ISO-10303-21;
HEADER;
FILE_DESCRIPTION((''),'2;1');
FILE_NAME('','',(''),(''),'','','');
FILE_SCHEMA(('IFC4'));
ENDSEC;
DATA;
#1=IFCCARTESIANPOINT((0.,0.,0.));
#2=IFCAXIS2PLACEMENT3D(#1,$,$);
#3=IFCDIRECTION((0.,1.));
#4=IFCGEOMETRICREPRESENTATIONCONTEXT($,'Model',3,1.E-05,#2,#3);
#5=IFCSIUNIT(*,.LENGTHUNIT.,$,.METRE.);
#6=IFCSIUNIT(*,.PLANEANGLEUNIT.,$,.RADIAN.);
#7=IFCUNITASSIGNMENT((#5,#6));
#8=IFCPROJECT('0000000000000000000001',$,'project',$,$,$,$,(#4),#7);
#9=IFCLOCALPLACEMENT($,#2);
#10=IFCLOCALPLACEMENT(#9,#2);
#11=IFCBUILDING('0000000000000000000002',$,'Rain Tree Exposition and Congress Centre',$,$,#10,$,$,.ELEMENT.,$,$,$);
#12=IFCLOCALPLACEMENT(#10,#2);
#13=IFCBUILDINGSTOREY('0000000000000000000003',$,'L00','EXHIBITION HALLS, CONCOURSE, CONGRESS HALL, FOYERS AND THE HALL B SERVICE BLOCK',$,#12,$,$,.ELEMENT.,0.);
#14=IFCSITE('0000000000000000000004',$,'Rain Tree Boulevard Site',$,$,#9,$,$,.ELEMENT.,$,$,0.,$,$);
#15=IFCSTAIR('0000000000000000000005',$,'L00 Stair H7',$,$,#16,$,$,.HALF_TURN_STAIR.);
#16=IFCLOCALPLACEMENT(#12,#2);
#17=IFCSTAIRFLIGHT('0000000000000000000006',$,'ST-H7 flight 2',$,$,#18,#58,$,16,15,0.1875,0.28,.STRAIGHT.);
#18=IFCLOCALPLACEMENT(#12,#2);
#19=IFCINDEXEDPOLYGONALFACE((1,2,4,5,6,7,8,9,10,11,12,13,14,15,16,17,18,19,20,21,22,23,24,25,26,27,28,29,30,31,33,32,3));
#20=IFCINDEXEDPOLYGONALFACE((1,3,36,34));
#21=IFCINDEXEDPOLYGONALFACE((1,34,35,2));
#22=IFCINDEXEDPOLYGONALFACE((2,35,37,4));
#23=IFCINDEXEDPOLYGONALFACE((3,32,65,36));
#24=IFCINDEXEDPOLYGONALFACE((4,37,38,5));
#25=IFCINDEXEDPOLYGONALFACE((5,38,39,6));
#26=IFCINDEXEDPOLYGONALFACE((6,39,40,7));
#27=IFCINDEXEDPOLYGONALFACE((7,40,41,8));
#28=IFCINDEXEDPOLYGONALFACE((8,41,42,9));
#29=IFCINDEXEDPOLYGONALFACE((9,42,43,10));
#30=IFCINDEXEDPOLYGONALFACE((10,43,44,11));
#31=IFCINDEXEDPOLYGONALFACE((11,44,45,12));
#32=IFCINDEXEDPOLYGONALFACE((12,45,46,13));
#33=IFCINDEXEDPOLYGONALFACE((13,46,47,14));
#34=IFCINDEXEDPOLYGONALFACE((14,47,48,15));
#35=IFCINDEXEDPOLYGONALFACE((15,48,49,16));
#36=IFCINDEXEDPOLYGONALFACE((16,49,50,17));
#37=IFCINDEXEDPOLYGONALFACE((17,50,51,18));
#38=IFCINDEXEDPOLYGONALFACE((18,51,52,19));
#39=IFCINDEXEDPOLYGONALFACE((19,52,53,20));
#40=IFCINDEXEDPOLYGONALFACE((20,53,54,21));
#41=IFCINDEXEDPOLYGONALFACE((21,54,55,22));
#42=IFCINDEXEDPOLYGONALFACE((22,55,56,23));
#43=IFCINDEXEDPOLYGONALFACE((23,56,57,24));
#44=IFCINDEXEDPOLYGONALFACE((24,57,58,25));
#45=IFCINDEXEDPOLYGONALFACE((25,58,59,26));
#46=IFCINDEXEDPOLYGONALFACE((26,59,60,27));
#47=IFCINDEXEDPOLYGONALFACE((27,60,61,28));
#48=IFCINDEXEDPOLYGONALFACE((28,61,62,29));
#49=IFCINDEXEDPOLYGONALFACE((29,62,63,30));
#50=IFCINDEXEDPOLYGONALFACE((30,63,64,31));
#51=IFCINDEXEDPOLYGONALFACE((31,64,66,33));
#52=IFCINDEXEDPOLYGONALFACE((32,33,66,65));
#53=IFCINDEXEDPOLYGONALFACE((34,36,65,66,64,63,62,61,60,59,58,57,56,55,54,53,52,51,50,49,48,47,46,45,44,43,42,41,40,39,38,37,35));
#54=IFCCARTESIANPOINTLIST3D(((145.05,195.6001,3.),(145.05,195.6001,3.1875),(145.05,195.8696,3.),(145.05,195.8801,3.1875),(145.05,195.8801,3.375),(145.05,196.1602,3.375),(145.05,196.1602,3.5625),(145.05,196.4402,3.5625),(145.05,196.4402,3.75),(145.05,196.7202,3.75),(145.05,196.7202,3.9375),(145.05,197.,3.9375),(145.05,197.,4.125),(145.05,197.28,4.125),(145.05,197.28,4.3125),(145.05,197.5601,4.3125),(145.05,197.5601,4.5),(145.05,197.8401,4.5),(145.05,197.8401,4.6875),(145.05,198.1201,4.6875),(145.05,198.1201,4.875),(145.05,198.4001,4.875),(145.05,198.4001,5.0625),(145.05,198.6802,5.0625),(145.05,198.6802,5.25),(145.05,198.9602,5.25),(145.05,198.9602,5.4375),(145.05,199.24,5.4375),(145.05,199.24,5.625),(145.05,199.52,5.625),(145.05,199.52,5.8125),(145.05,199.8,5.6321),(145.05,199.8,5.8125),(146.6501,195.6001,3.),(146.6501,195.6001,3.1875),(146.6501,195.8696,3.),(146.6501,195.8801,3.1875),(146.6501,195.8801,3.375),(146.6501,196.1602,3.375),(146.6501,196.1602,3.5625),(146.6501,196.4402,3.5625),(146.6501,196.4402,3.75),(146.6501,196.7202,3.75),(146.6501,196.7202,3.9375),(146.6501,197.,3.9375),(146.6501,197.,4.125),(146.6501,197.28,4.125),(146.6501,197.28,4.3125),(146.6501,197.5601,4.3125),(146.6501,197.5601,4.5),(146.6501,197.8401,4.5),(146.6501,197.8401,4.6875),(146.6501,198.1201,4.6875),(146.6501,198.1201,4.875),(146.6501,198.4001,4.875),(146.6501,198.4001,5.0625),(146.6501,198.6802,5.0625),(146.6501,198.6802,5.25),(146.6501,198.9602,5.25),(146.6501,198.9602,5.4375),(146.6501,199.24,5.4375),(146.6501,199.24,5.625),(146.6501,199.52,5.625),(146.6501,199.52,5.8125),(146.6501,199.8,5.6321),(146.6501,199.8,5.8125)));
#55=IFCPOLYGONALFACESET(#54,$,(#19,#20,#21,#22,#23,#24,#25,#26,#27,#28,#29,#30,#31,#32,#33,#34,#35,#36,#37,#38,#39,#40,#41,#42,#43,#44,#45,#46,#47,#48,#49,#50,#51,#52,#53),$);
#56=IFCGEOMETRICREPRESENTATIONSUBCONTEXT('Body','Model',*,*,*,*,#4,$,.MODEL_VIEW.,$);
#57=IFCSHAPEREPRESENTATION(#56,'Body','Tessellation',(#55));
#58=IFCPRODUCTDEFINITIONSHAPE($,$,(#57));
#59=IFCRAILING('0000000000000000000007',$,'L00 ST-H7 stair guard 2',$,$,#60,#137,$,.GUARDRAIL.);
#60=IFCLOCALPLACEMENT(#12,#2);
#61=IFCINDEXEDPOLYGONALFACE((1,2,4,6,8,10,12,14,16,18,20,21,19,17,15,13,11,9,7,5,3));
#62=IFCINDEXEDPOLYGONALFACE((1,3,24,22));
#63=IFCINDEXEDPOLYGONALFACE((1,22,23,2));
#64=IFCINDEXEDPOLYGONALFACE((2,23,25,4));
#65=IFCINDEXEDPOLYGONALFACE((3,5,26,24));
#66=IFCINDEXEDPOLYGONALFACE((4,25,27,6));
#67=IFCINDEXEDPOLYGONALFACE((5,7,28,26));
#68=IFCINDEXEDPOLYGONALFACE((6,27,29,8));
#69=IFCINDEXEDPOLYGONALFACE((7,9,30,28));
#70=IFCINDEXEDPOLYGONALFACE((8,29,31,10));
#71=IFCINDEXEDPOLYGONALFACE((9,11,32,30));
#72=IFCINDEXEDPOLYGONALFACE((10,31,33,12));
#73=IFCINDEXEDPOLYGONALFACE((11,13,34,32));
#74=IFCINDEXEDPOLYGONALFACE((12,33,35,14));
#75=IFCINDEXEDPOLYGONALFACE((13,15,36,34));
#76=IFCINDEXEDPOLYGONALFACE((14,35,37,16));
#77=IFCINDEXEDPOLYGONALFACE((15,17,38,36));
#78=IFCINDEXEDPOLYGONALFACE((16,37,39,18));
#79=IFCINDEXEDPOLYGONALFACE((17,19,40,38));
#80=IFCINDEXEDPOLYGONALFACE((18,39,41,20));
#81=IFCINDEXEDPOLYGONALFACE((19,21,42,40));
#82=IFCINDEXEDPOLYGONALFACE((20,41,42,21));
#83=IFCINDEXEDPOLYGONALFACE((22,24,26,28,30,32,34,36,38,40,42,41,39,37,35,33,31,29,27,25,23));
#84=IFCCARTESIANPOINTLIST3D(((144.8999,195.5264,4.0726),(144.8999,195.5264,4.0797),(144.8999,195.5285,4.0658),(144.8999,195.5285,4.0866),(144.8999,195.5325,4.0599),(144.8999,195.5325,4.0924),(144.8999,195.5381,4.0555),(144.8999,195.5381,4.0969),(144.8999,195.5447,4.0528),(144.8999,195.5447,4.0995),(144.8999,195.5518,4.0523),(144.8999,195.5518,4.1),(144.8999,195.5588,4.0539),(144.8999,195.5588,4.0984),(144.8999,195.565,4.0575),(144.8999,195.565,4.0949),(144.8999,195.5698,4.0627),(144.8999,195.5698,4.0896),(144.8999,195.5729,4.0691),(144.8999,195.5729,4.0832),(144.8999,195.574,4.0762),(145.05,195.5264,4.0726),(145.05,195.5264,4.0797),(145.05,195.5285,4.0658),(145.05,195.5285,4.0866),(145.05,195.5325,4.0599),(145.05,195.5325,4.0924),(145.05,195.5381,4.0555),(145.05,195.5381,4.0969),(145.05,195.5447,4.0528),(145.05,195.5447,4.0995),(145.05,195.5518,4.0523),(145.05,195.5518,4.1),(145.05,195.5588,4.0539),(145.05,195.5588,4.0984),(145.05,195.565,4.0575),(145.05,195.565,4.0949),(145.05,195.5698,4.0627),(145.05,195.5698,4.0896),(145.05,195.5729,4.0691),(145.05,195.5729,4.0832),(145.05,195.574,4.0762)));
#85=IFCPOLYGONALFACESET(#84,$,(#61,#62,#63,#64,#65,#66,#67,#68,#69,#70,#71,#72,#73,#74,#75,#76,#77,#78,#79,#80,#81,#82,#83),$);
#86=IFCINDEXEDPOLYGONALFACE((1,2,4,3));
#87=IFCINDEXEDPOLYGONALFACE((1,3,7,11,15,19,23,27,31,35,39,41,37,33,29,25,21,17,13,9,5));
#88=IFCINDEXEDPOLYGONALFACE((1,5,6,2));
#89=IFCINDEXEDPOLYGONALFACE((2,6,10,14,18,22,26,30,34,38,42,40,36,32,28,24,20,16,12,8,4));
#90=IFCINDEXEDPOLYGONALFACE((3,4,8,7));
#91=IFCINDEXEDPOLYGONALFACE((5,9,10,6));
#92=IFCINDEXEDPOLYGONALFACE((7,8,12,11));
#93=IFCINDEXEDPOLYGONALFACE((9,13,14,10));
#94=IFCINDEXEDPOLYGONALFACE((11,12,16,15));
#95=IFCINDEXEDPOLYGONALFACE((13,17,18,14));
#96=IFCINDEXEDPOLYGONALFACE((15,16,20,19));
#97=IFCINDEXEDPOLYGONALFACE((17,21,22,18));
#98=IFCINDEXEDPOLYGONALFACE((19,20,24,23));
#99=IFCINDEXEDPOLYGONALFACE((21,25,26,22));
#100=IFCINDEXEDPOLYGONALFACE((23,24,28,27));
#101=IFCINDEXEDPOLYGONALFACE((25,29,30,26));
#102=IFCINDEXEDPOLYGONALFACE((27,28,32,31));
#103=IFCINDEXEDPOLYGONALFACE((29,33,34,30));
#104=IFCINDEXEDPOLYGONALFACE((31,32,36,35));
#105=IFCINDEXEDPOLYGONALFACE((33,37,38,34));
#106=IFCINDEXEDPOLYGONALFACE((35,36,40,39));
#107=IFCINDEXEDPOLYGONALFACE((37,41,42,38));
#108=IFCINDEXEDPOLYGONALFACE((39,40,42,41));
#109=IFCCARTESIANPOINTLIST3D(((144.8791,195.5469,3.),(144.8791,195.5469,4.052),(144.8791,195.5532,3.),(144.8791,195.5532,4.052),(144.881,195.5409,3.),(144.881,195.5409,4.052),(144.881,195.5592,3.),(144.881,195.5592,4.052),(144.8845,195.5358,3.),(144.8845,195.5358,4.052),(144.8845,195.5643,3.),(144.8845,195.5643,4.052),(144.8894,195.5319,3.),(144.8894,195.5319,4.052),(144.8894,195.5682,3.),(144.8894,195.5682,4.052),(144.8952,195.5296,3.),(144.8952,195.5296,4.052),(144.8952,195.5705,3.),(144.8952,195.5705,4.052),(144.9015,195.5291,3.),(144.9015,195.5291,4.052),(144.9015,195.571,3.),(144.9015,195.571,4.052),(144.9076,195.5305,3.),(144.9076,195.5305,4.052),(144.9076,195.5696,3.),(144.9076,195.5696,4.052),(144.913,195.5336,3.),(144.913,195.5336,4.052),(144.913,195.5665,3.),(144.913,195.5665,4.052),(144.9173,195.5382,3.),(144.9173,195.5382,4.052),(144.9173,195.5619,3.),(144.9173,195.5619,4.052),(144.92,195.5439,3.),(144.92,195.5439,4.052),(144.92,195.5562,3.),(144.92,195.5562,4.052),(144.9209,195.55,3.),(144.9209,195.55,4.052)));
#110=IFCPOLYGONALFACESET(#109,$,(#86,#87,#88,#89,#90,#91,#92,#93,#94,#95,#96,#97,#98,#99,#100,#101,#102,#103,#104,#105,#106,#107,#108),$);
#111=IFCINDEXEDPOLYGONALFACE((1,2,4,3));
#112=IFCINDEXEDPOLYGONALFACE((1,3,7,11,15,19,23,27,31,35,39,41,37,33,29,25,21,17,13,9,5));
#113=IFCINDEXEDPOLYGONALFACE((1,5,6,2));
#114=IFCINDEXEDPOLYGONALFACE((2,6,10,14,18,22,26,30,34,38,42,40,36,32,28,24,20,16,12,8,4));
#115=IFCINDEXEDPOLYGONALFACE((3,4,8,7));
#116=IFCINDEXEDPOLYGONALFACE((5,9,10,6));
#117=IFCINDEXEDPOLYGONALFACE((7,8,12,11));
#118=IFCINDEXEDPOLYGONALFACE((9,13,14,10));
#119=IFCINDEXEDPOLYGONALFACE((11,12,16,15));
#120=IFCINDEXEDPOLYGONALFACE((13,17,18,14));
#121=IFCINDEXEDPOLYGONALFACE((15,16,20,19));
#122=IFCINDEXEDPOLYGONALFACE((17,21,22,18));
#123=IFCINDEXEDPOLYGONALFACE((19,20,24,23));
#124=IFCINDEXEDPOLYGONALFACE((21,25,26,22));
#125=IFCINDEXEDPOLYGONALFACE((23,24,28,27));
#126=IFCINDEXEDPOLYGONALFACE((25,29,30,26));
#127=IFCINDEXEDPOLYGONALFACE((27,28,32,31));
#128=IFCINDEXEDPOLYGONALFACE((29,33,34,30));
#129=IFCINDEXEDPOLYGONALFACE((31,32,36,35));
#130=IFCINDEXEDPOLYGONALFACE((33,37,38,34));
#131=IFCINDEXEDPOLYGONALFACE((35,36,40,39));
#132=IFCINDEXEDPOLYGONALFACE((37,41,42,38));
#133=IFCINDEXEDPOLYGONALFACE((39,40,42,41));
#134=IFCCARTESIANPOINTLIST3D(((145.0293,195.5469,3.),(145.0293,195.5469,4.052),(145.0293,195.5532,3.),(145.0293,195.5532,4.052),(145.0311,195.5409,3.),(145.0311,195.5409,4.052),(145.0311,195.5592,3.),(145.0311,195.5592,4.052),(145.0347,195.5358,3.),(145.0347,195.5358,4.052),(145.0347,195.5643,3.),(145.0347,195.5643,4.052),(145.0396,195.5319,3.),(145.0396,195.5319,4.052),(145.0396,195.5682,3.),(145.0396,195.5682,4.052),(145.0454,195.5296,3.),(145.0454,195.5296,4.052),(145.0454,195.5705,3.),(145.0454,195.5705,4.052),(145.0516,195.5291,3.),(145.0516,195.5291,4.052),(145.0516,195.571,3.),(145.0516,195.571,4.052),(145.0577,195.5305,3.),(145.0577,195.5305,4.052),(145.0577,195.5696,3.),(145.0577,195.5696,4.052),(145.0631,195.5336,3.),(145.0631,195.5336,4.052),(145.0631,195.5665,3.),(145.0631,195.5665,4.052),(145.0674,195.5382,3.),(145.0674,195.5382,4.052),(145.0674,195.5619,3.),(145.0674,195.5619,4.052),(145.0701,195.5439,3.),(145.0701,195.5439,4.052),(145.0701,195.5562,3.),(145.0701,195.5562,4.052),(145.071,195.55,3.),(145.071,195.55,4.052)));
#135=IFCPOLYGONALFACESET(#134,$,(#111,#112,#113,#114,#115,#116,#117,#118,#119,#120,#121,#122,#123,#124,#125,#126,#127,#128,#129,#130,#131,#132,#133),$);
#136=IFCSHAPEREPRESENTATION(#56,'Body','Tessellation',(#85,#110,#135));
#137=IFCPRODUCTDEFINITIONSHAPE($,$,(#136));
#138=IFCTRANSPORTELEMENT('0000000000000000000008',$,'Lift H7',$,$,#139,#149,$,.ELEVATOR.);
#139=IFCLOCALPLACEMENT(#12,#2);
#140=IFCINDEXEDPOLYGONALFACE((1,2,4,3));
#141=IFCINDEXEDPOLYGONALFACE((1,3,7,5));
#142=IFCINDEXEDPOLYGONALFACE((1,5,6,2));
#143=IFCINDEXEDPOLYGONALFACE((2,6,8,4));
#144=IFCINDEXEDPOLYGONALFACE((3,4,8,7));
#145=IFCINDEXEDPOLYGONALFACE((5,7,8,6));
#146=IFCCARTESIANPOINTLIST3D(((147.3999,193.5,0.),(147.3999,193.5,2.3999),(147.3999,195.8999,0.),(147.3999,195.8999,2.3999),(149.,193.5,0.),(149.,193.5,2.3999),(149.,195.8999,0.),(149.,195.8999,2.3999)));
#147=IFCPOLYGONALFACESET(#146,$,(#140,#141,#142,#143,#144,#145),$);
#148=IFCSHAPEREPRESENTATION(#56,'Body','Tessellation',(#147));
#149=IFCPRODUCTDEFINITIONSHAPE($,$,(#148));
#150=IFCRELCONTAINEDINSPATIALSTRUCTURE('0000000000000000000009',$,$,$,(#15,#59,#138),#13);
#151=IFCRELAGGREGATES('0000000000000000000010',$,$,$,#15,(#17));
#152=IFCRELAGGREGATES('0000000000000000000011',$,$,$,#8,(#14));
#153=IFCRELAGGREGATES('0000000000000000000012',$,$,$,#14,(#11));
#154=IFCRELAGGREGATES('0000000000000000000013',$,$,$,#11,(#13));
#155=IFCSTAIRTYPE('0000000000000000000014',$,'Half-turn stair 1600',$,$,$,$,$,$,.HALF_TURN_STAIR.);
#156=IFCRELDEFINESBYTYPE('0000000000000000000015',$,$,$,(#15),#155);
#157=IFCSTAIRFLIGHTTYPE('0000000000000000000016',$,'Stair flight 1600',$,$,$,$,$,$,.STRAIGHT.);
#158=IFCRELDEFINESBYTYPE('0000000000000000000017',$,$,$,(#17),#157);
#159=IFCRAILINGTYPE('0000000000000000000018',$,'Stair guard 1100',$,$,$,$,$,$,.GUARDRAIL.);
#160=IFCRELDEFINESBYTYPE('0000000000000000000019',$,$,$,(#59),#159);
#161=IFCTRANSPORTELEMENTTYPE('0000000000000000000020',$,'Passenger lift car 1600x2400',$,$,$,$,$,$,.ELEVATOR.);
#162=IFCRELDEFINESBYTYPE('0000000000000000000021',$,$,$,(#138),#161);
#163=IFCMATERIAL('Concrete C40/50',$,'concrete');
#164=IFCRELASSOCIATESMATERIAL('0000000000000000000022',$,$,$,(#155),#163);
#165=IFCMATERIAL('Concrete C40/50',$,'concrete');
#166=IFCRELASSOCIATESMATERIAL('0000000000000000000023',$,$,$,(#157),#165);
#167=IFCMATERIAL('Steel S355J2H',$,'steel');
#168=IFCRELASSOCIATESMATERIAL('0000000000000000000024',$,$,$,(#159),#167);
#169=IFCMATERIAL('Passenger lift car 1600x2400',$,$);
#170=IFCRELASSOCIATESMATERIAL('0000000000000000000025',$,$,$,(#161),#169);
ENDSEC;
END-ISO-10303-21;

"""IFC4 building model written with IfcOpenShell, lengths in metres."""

from ifc_helpers import new_model, si_unit, direction, frame, origin, origin_2d, place, context, subcontext, project, spatial, polyline, rectangle, circle, outline, extrude, material, type_object, element, aggregate, save


model = new_model("IFC4")

# Units and contexts
model_context = context("Model", 3, precision=1e-05, world=origin(), true_north=direction((0.0, 1.0)))
body_context = subcontext(model_context, "Body", "Model", "MODEL_VIEW")
ifc_project = project(units=[si_unit("LENGTHUNIT", "METRE"), si_unit("PLANEANGLEUNIT", "RADIAN")], contexts=[model_context])

# Site, building, storey
site_placement = place(None, origin())
site = spatial("IfcSite", under=ifc_project, at=site_placement, Name="Rain Tree Boulevard Site", CompositionType="ELEMENT", RefElevation=0.0)
building_placement = place(site_placement, origin())
building = spatial("IfcBuilding", under=site, at=building_placement, Name="Rain Tree Exposition and Congress Centre", CompositionType="ELEMENT")
storey_placement = place(building_placement, origin())
storey = spatial("IfcBuildingStorey", under=building, at=storey_placement, Name="L00", Description="EXHIBITION HALLS, CONCOURSE, CONGRESS HALL, FOYERS AND THE HALL B SERVICE BLOCK", CompositionType="ELEMENT", Elevation=0.0)

# Stair, stair flight
ifc_material_1 = material(Name="Concrete C40/50", Category="concrete")
stair_type = type_object("IfcStairType", Name="Half-turn stair 1600", PredefinedType="HALF_TURN_STAIR", material=ifc_material_1)
stair_placement = place(storey_placement, origin())
stair = element("IfcStair", 1, at=stair_placement, inside=storey, type_object=stair_type, Name="L00 Stair H7", PredefinedType="HALF_TURN_STAIR")
ifc_material_2 = material(Name="Concrete C40/50", Category="concrete")
stair_flight_type = type_object("IfcStairFlightType", Name="Stair flight 1600", PredefinedType="STRAIGHT", material=ifc_material_2)
stair_flight_placement = place(storey_placement, frame((145.8501, 195.6001, 3.0), z_axis=(0.0, 0.0, 1.0), x_axis=(0.0, 1.0, 0.0)))
stair_flight = element("IfcStairFlight", 2, at=stair_flight_placement, type_object=stair_flight_type, Name="ST-H7 flight 2", NumberOfRisers=16, NumberOfTreads=15, PredefinedType="STRAIGHT", RiserHeight=0.1875, TreadLength=0.28, context=body_context, shape_type="SweptSolid", body=[
    extrude(outline(polyline([(0.0, 0.0), (0.0, 0.1875), (0.28, 0.1875), (0.28, 0.375), (0.5601, 0.375), (0.5601, 0.5625), (0.8401, 0.5625), (0.8401, 0.75), (1.1201, 0.75), (1.1201, 0.9375), (1.3999, 0.9375), (1.3999, 1.125), (1.6799, 1.125), (1.6799, 1.3125), (1.96, 1.3125), (1.96, 1.5), (2.24, 1.5), (2.24, 1.6875), (2.52, 1.6875), (2.52, 1.875), (2.8, 1.875), (2.8, 2.0625), (3.0801, 2.0625), (3.0801, 2.25), (3.3601, 2.25), (3.3601, 2.4375), (3.6399, 2.4375), (3.6399, 2.625), (3.9199, 2.625), (3.9199, 2.8125), (4.2, 2.8125), (4.2, 3.0), (4.2, 2.6321), (0.2695, 0.0), (0.0, 0.0)])), frame((0.0, 0.8, 0.0), z_axis=(0.0, -1.0, 0.0), x_axis=(1.0, 0.0, 0.0)), (0.0, 0.0, 1.0), 1.6001),
])
aggregate(stair, [stair_flight])

# Railing
ifc_material_3 = material(Name="Steel S355J2H", Category="steel")
railing_type_1 = type_object("IfcRailingType", Name="Stair guard 1100", PredefinedType="GUARDRAIL", material=ifc_material_3)
railing_1_placement = place(storey_placement, frame((144.8999, 195.55, 3.0)))
element("IfcRailing", 3, at=railing_1_placement, inside=storey, type_object=railing_type_1, Name="L00 ST-H7 stair guard 2", PredefinedType="GUARDRAIL", context=body_context, shape_type="SweptSolid", body=[
    extrude(circle(Radius=0.0239, at=origin_2d()), frame((0.0, 0.0, 1.0762), z_axis=(1.0, 0.0, 0.0), x_axis=(0.0, 1.0, 0.0)), (0.0, 0.0, 1.0), 0.1501),
    extrude(circle(Radius=0.021, at=origin_2d()), origin(), (0.0, 0.0, 1.0), 1.052),
    extrude(circle(Radius=0.021, at=origin_2d()), frame((0.1501, 0.0, 0.0)), (0.0, 0.0, 1.0), 1.052),
])

# Transport element
ifc_material_4 = material(Name="Passenger lift car 1600x2400")
transport_element_type = type_object("IfcTransportElementType", Name="Passenger lift car 1600x2400", PredefinedType="ELEVATOR", material=ifc_material_4)
transport_element_placement = place(storey_placement, frame((148.2, 194.7, 0.0), z_axis=(0.0, 0.0, 1.0), x_axis=(1.0, 0.0, 0.0)))
element("IfcTransportElement", 4, at=transport_element_placement, inside=storey, type_object=transport_element_type, Name="Lift H7", PredefinedType="ELEVATOR", context=body_context, shape_type="SweptSolid", body=[
    extrude(rectangle(XDim=1.6001, YDim=2.3999, at=origin_2d()), origin(), (0.0, 0.0, 1.0), 2.3999),
])

save(model, "model.ifc")
